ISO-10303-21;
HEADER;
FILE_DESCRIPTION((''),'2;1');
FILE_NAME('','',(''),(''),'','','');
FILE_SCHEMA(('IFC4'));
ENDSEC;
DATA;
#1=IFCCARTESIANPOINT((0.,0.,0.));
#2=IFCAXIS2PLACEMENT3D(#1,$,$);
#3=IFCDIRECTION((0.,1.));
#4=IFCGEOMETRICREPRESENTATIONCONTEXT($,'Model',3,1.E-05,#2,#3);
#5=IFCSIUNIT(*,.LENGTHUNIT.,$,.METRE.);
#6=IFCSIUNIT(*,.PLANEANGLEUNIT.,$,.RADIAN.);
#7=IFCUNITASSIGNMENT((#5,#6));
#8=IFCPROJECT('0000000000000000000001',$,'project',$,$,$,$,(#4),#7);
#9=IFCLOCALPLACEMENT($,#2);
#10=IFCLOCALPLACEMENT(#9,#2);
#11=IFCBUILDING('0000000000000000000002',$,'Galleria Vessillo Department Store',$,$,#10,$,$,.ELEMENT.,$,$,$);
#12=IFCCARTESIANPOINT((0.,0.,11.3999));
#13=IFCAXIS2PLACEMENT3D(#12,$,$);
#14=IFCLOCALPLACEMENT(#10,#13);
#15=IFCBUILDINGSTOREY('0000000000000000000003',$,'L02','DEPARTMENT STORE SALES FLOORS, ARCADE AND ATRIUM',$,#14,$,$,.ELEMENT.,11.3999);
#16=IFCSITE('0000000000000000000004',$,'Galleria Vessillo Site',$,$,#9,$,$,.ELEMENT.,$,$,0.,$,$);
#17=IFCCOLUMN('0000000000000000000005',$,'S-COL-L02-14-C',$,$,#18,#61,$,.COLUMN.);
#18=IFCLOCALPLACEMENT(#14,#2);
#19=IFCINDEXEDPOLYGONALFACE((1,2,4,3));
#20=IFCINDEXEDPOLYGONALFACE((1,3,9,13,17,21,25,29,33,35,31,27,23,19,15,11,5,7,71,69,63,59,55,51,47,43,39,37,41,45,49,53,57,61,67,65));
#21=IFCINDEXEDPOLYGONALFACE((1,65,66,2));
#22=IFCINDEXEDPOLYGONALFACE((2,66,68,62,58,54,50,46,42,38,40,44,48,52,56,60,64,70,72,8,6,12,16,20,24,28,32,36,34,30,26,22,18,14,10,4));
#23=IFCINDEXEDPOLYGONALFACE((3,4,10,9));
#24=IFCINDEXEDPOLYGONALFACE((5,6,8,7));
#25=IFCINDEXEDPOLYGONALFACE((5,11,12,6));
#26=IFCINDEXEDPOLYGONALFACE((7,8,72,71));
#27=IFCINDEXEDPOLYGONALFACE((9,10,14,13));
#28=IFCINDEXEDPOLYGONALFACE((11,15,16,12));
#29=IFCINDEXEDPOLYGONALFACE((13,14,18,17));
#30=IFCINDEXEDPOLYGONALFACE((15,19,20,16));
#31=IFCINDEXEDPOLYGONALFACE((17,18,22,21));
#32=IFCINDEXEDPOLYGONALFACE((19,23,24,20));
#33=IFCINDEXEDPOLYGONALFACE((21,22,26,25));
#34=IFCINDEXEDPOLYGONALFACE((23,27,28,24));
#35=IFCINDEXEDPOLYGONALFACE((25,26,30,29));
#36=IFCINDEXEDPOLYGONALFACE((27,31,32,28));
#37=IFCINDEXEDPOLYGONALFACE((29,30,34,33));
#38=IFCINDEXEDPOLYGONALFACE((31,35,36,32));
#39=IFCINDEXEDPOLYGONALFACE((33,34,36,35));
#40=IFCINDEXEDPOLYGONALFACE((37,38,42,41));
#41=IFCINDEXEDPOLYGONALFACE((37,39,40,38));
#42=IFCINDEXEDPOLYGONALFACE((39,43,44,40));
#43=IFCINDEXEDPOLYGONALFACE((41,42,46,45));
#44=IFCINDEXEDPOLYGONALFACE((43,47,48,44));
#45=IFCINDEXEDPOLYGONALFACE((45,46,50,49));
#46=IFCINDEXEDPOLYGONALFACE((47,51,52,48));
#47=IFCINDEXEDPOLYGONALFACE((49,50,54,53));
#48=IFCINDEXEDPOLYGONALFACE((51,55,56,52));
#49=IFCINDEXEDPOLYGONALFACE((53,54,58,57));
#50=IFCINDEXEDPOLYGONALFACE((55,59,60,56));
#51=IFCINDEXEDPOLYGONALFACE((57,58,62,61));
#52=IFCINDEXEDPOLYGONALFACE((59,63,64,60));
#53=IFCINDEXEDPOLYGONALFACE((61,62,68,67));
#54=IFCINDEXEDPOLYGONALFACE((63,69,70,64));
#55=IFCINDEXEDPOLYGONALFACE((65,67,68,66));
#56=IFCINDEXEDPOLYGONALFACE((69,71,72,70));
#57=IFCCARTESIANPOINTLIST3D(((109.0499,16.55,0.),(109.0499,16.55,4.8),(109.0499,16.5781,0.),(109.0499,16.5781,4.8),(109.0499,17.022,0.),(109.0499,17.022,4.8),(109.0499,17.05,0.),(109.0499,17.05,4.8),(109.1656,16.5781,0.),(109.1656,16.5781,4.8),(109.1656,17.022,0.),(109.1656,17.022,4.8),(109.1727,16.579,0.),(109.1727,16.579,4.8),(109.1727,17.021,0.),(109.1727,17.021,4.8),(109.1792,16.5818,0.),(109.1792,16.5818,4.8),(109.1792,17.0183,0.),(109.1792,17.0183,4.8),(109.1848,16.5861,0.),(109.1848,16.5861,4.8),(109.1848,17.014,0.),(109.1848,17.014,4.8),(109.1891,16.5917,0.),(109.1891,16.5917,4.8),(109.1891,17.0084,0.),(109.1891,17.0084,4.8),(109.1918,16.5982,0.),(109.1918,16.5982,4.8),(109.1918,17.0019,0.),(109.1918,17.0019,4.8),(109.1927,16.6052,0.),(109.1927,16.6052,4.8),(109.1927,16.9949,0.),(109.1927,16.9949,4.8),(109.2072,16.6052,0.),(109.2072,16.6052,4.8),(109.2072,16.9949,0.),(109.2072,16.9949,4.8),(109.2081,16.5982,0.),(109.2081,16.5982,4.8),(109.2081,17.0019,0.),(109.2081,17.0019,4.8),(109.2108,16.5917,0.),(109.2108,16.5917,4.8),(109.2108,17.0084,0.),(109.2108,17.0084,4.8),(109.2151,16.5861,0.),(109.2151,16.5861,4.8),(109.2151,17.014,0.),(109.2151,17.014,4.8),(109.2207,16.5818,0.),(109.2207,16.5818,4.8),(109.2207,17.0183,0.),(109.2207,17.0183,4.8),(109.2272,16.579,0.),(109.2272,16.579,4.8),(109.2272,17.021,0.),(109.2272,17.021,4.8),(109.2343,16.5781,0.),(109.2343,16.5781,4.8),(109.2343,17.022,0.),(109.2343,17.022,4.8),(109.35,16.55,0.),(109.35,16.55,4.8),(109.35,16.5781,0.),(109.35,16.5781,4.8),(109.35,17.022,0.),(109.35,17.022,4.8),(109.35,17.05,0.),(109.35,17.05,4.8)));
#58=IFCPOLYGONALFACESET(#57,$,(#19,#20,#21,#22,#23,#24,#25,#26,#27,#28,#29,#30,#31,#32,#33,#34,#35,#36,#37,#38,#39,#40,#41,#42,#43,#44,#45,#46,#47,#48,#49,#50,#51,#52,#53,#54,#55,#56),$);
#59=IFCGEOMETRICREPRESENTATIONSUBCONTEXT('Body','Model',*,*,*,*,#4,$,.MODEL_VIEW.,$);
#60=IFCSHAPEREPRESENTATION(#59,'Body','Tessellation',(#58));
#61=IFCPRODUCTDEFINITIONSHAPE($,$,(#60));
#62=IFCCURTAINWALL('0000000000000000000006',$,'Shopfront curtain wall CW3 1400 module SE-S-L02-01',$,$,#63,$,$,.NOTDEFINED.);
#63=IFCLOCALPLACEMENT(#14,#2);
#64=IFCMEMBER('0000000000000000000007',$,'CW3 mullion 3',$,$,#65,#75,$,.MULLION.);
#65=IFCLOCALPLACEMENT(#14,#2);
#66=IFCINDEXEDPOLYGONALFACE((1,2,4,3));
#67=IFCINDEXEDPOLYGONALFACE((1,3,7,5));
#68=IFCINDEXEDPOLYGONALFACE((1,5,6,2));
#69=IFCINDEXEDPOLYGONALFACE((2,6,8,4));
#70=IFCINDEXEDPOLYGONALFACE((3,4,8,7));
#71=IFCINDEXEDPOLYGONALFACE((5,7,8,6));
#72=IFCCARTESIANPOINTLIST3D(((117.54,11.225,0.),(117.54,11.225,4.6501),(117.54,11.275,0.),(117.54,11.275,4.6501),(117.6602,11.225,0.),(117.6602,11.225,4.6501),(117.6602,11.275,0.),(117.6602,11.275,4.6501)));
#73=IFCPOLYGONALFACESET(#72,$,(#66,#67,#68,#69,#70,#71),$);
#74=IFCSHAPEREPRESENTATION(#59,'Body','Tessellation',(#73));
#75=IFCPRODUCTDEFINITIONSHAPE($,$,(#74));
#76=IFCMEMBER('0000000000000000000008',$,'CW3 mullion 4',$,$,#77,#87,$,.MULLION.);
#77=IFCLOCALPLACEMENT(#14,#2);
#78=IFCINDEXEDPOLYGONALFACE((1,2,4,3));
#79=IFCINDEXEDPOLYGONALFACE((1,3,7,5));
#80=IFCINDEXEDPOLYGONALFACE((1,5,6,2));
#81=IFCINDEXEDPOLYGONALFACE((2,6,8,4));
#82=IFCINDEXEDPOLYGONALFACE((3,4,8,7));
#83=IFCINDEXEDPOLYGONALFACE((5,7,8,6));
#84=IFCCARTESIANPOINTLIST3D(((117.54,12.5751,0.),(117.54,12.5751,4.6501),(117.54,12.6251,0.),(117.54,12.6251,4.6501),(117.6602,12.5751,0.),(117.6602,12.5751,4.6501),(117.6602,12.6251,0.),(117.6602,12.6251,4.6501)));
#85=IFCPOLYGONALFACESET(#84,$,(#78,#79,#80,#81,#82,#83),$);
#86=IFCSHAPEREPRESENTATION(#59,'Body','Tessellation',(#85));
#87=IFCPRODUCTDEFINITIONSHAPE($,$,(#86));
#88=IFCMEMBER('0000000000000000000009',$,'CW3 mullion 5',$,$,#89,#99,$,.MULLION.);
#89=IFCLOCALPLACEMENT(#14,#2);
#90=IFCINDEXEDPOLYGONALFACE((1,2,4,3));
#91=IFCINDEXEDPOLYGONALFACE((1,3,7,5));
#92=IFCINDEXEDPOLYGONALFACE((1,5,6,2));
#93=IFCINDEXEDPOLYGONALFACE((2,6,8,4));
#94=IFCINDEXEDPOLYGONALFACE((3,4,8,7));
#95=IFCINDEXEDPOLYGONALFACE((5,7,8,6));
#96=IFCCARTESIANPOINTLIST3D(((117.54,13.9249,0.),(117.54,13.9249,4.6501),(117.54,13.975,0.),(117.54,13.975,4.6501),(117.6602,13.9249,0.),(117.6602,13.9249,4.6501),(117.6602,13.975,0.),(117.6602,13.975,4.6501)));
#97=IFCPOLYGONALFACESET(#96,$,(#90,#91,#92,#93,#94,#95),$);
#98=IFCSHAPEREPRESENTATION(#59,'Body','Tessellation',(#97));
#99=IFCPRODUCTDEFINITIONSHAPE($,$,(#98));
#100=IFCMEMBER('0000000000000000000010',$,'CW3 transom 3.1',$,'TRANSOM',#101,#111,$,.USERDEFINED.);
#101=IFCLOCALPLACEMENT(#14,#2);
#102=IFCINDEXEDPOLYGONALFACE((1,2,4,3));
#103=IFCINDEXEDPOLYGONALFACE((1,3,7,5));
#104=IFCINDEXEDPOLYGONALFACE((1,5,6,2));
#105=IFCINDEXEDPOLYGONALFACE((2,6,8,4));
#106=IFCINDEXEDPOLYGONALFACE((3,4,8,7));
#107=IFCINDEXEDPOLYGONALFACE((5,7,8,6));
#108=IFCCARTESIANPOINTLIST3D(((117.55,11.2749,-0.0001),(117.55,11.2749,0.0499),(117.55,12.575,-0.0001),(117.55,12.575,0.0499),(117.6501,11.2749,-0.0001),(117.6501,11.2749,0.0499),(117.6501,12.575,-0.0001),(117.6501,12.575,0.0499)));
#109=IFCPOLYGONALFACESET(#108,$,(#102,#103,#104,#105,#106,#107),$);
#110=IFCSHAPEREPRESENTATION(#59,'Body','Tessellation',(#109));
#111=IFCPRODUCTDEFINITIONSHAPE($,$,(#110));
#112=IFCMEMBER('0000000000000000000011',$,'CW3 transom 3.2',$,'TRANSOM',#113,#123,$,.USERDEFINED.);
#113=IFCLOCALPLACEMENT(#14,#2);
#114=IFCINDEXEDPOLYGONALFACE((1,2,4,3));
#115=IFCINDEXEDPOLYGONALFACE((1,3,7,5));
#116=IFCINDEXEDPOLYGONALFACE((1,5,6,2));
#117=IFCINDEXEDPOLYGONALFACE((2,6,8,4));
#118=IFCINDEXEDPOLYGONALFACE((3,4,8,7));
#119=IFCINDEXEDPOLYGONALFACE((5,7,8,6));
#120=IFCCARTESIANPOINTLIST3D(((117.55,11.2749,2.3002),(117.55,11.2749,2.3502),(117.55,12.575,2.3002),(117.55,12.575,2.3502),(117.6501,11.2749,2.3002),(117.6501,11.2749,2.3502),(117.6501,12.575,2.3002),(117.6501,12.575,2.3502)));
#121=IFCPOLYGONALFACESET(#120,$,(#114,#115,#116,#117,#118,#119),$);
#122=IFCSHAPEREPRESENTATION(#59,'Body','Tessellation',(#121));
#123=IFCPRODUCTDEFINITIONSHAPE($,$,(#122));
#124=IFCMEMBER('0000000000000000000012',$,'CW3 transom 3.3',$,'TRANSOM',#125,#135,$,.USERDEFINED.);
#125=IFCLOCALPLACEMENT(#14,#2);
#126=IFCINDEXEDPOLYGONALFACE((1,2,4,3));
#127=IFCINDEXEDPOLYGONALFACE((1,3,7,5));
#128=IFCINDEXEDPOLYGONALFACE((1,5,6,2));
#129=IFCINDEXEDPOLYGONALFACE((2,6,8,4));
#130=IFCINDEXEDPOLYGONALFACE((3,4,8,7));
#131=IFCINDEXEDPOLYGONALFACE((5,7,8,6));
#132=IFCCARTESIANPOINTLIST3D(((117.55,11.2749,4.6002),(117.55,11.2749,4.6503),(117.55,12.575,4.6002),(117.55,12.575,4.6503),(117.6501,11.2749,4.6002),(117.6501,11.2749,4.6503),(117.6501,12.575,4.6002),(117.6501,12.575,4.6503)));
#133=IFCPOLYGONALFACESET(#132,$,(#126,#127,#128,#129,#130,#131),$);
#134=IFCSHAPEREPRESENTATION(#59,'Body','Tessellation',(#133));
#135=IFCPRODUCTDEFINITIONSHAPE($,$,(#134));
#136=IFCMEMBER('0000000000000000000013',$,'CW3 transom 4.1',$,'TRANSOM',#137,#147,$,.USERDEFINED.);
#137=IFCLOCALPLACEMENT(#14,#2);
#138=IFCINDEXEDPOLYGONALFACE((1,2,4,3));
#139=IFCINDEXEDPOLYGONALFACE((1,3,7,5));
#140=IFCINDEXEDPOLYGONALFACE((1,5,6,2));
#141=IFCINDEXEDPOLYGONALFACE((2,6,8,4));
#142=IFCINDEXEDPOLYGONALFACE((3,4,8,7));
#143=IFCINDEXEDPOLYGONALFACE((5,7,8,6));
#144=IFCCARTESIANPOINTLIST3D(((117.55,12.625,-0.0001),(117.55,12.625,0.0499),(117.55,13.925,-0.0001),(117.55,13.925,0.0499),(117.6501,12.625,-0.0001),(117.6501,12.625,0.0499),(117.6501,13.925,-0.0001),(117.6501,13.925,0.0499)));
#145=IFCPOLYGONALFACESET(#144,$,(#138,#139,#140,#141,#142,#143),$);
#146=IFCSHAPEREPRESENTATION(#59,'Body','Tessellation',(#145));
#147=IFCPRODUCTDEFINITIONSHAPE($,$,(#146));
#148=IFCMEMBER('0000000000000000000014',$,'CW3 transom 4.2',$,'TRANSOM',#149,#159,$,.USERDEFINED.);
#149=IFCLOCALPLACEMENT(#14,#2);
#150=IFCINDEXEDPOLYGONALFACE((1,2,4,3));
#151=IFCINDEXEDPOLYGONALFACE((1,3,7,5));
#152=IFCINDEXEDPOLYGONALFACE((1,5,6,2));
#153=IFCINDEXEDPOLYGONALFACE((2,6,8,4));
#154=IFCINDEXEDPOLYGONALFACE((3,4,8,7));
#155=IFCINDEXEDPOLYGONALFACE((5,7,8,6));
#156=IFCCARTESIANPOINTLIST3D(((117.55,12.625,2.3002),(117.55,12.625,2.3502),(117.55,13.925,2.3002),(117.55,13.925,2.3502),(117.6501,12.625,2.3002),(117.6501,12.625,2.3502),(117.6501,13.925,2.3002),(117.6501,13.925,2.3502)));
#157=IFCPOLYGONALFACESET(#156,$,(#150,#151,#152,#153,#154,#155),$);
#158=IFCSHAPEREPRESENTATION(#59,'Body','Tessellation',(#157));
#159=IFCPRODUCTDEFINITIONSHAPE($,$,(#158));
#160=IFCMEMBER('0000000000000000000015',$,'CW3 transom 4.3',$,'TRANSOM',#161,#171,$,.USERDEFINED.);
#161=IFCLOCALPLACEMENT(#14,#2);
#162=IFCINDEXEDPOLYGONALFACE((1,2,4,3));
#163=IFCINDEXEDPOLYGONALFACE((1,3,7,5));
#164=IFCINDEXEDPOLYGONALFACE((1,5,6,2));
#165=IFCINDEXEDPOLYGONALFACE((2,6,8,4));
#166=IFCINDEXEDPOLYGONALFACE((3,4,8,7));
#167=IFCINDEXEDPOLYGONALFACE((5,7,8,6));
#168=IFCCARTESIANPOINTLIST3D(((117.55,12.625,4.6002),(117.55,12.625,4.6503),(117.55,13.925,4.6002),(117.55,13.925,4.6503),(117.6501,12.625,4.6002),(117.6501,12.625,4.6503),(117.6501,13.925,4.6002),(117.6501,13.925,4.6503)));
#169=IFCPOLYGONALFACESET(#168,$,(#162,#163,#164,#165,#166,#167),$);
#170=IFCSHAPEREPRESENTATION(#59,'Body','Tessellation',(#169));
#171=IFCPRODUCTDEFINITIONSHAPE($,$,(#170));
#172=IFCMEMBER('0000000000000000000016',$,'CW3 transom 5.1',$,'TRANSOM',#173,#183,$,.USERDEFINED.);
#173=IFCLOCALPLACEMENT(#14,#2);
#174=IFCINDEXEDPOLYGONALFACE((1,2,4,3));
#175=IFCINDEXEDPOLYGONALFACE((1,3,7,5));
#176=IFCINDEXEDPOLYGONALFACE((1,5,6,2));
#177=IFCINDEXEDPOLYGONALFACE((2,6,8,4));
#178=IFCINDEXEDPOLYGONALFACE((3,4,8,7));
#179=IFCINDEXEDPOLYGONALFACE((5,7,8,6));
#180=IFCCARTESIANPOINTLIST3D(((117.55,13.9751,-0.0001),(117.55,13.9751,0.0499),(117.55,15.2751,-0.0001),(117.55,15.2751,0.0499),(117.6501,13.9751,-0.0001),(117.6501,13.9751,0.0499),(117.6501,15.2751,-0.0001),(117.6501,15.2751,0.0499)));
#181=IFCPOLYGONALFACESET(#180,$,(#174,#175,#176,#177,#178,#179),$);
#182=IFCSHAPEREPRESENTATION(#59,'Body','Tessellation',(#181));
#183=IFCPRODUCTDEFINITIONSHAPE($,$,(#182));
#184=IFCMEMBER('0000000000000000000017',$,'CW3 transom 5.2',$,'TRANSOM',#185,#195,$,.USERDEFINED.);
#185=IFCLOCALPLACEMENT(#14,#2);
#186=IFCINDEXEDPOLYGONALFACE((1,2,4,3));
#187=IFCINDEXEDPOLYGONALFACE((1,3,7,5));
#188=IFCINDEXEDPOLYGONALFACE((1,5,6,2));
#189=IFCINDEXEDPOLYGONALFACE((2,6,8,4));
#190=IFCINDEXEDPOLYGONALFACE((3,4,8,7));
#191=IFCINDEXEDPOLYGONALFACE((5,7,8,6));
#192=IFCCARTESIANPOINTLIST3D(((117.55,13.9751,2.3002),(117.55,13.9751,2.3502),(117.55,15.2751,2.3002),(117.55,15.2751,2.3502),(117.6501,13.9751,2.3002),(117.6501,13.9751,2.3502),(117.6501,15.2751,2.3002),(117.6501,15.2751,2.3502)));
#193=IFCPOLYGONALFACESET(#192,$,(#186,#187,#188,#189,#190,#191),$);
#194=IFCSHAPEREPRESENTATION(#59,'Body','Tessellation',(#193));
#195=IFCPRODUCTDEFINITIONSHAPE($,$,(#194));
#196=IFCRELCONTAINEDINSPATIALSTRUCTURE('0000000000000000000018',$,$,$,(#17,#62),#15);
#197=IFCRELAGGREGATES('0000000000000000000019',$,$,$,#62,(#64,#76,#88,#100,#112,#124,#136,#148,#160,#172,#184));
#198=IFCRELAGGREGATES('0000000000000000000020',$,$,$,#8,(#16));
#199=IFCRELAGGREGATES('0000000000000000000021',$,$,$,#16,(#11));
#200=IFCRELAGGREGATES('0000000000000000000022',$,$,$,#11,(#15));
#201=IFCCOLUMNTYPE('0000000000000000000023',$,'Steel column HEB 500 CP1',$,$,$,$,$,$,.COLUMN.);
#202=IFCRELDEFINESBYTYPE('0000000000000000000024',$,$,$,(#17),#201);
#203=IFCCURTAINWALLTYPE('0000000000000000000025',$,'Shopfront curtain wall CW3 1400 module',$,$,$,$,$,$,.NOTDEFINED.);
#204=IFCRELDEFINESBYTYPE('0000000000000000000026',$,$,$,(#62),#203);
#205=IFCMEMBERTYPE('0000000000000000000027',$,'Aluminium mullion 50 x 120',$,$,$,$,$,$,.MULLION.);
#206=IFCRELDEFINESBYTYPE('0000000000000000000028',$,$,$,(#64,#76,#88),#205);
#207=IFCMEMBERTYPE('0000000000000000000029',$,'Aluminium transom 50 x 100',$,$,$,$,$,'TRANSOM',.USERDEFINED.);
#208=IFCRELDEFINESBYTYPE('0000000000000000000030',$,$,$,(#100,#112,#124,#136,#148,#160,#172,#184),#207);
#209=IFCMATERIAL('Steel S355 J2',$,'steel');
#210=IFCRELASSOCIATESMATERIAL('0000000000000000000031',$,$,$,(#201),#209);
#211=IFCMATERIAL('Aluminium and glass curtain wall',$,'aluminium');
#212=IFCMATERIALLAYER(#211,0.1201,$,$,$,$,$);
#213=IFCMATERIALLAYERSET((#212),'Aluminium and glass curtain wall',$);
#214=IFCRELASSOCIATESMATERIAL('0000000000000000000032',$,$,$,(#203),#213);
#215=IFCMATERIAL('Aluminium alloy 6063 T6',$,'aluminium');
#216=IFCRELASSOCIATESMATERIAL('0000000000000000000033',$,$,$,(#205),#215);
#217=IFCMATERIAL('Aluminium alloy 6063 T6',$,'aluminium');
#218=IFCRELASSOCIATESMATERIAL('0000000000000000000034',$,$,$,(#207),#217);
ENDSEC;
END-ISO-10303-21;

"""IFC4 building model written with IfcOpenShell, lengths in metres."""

from ifc_helpers import new_model, si_unit, direction, frame, origin, origin_2d, place, context, subcontext, project, spatial, rectangle, i_section, extrude, material, layer, layer_set, material_profile, profile_set, type_object, element, aggregate, save


model = new_model("IFC4")

# Units and contexts
model_context = context("Model", 3, precision=1e-05, world=origin(), true_north=direction((0.0, 1.0)))
body_context = subcontext(model_context, "Body", "Model", "MODEL_VIEW")
ifc_project = project(units=[si_unit("LENGTHUNIT", "METRE"), si_unit("PLANEANGLEUNIT", "RADIAN")], contexts=[model_context])

# Site, building, storey
site_placement = place(None, origin())
site = spatial("IfcSite", under=ifc_project, at=site_placement, Name="Galleria Vessillo Site", CompositionType="ELEMENT", RefElevation=0.0)
building_placement = place(site_placement, origin())
building = spatial("IfcBuilding", under=site, at=building_placement, Name="Galleria Vessillo Department Store", CompositionType="ELEMENT")
storey_placement = place(building_placement, frame((0.0, 0.0, 11.3999)))
storey = spatial("IfcBuildingStorey", under=building, at=storey_placement, Name="L02", Description="DEPARTMENT STORE SALES FLOORS, ARCADE AND ATRIUM", CompositionType="ELEMENT", Elevation=11.3999)

# Column
ifc_material_1 = material(Name="Steel S355 J2", Category="steel")
ifc_material_profile_1 = material_profile(ifc_material_1, i_section(OverallWidth=0.3, OverallDepth=0.5, WebThickness=0.0144, FlangeThickness=0.0281, FilletRadius=0.0271, at=origin_2d()), Name="HEB 500")
ifc_profile_set_1 = profile_set([ifc_material_profile_1], Name="Steel S355 J2")
column_type = type_object("IfcColumnType", Name="Steel column HEB 500 CP1", PredefinedType="COLUMN", material=ifc_profile_set_1)
column_placement = place(storey_placement, frame((109.2, 16.8, 0.0), z_axis=(0.0, 0.0, 1.0), x_axis=(1.0, 0.0, 0.0)))
element("IfcColumn", 1, at=column_placement, inside=storey, type_object=column_type, Name="S-COL-L02-14-C", PredefinedType="COLUMN", context=body_context, shape_type="SweptSolid", body=[
    extrude(i_section(OverallWidth=0.3, OverallDepth=0.5, WebThickness=0.0144, FlangeThickness=0.0281, FilletRadius=0.0271, at=origin_2d()), origin(), (0.0, 0.0, 1.0), 4.8),
])

# Curtain wall, members
ifc_material_2 = material(Name="Aluminium and glass curtain wall", Category="aluminium")
ifc_layer_1 = layer(ifc_material_2, 0.1201)
ifc_layer_set_1 = layer_set([ifc_layer_1], Name="Aluminium and glass curtain wall")
curtain_wall_type = type_object("IfcCurtainWallType", Name="Shopfront curtain wall CW3 1400 module", PredefinedType="NOTDEFINED", material=ifc_layer_set_1)
curtain_wall_placement = place(storey_placement, origin())
curtain_wall = element("IfcCurtainWall", 2, at=curtain_wall_placement, inside=storey, type_object=curtain_wall_type, Name="Shopfront curtain wall CW3 1400 module SE-S-L02-01", PredefinedType="NOTDEFINED")
ifc_material_3 = material(Name="Aluminium alloy 6063 T6", Category="aluminium")
ifc_material_profile_2 = material_profile(ifc_material_3, rectangle(XDim=0.1201, YDim=0.05, at=origin_2d()), Name="AL 50x120")
ifc_profile_set_2 = profile_set([ifc_material_profile_2], Name="Aluminium alloy 6063 T6")
member_type_1 = type_object("IfcMemberType", Name="Aluminium mullion 50 x 120", PredefinedType="MULLION", material=ifc_profile_set_2)
member_1_placement = place(storey_placement, frame((117.6001, 11.25, 0.0), z_axis=(0.0, 0.0, 1.0), x_axis=(-1.0, 0.0, 0.0)))
member_1 = element("IfcMember", 3, at=member_1_placement, type_object=member_type_1, Name="CW3 mullion 3", PredefinedType="MULLION", context=body_context, shape_type="SweptSolid", body=[
    extrude(rectangle(XDim=0.1201, YDim=0.05, at=origin_2d()), origin(), (0.0, 0.0, 1.0), 4.6501),
])
member_2_placement = place(storey_placement, frame((117.6001, 12.6001, 0.0), z_axis=(0.0, 0.0, 1.0), x_axis=(-1.0, 0.0, 0.0)))
member_2 = element("IfcMember", 4, at=member_2_placement, type_object=member_type_1, Name="CW3 mullion 4", PredefinedType="MULLION", context=body_context, shape_type="SweptSolid", body=[
    extrude(rectangle(XDim=0.1201, YDim=0.05, at=origin_2d()), origin(), (0.0, 0.0, 1.0), 4.6501),
])
member_3_placement = place(storey_placement, frame((117.6001, 13.95, 0.0), z_axis=(0.0, 0.0, 1.0), x_axis=(-1.0, 0.0, 0.0)))
member_3 = element("IfcMember", 5, at=member_3_placement, type_object=member_type_1, Name="CW3 mullion 5", PredefinedType="MULLION", context=body_context, shape_type="SweptSolid", body=[
    extrude(rectangle(XDim=0.1201, YDim=0.05, at=origin_2d()), origin(), (0.0, 0.0, 1.0), 4.6501),
])
ifc_material_4 = material(Name="Aluminium alloy 6063 T6", Category="aluminium")
ifc_material_profile_3 = material_profile(ifc_material_4, rectangle(XDim=0.1001, YDim=0.05, at=origin_2d()), Name="AL 50x100")
ifc_profile_set_3 = profile_set([ifc_material_profile_3], Name="Aluminium alloy 6063 T6")
member_type_2 = type_object("IfcMemberType", Name="Aluminium transom 50 x 100", ElementType="TRANSOM", PredefinedType="USERDEFINED", material=ifc_profile_set_3)
member_4_placement = place(storey_placement, frame((117.6001, 11.2749, 0.0249), z_axis=(0.0, 1.0, 0.0), x_axis=(-1.0, 0.0, 0.0)))
member_4 = element("IfcMember", 6, at=member_4_placement, type_object=member_type_2, Name="CW3 transom 3.1", ObjectType="TRANSOM", PredefinedType="USERDEFINED", context=body_context, shape_type="SweptSolid", body=[
    extrude(rectangle(XDim=0.1001, YDim=0.05, at=origin_2d()), origin(), (0.0, 0.0, 1.0), 1.3),
])
member_5_placement = place(storey_placement, frame((117.6001, 11.2749, 2.3252), z_axis=(0.0, 1.0, 0.0), x_axis=(-1.0, 0.0, 0.0)))
member_5 = element("IfcMember", 7, at=member_5_placement, type_object=member_type_2, Name="CW3 transom 3.2", ObjectType="TRANSOM", PredefinedType="USERDEFINED", context=body_context, shape_type="SweptSolid", body=[
    extrude(rectangle(XDim=0.1001, YDim=0.05, at=origin_2d()), origin(), (0.0, 0.0, 1.0), 1.3),
])
member_6_placement = place(storey_placement, frame((117.6001, 11.2749, 4.6252), z_axis=(0.0, 1.0, 0.0), x_axis=(-1.0, 0.0, 0.0)))
member_6 = element("IfcMember", 8, at=member_6_placement, type_object=member_type_2, Name="CW3 transom 3.3", ObjectType="TRANSOM", PredefinedType="USERDEFINED", context=body_context, shape_type="SweptSolid", body=[
    extrude(rectangle(XDim=0.1001, YDim=0.05, at=origin_2d()), origin(), (0.0, 0.0, 1.0), 1.3),
])
member_7_placement = place(storey_placement, frame((117.6001, 12.625, 0.0249), z_axis=(0.0, 1.0, 0.0), x_axis=(-1.0, 0.0, 0.0)))
member_7 = element("IfcMember", 9, at=member_7_placement, type_object=member_type_2, Name="CW3 transom 4.1", ObjectType="TRANSOM", PredefinedType="USERDEFINED", context=body_context, shape_type="SweptSolid", body=[
    extrude(rectangle(XDim=0.1001, YDim=0.05, at=origin_2d()), origin(), (0.0, 0.0, 1.0), 1.3),
])
member_8_placement = place(storey_placement, frame((117.6001, 12.625, 2.3252), z_axis=(0.0, 1.0, 0.0), x_axis=(-1.0, 0.0, 0.0)))
member_8 = element("IfcMember", 10, at=member_8_placement, type_object=member_type_2, Name="CW3 transom 4.2", ObjectType="TRANSOM", PredefinedType="USERDEFINED", context=body_context, shape_type="SweptSolid", body=[
    extrude(rectangle(XDim=0.1001, YDim=0.05, at=origin_2d()), origin(), (0.0, 0.0, 1.0), 1.3),
])
member_9_placement = place(storey_placement, frame((117.6001, 12.625, 4.6252), z_axis=(0.0, 1.0, 0.0), x_axis=(-1.0, 0.0, 0.0)))
member_9 = element("IfcMember", 11, at=member_9_placement, type_object=member_type_2, Name="CW3 transom 4.3", ObjectType="TRANSOM", PredefinedType="USERDEFINED", context=body_context, shape_type="SweptSolid", body=[
    extrude(rectangle(XDim=0.1001, YDim=0.05, at=origin_2d()), origin(), (0.0, 0.0, 1.0), 1.3),
])
member_10_placement = place(storey_placement, frame((117.6001, 13.9751, 0.0249), z_axis=(0.0, 1.0, 0.0), x_axis=(-1.0, 0.0, 0.0)))
member_10 = element("IfcMember", 12, at=member_10_placement, type_object=member_type_2, Name="CW3 transom 5.1", ObjectType="TRANSOM", PredefinedType="USERDEFINED", context=body_context, shape_type="SweptSolid", body=[
    extrude(rectangle(XDim=0.1001, YDim=0.05, at=origin_2d()), origin(), (0.0, 0.0, 1.0), 1.3),
])
member_11_placement = place(storey_placement, frame((117.6001, 13.9751, 2.3252), z_axis=(0.0, 1.0, 0.0), x_axis=(-1.0, 0.0, 0.0)))
member_11 = element("IfcMember", 13, at=member_11_placement, type_object=member_type_2, Name="CW3 transom 5.2", ObjectType="TRANSOM", PredefinedType="USERDEFINED", context=body_context, shape_type="SweptSolid", body=[
    extrude(rectangle(XDim=0.1001, YDim=0.05, at=origin_2d()), origin(), (0.0, 0.0, 1.0), 1.3),
])

aggregate(curtain_wall, [member_1, member_2, member_3, member_4, member_5, member_6, member_7, member_8, member_9, member_10, member_11])

save(model, "model.ifc")
